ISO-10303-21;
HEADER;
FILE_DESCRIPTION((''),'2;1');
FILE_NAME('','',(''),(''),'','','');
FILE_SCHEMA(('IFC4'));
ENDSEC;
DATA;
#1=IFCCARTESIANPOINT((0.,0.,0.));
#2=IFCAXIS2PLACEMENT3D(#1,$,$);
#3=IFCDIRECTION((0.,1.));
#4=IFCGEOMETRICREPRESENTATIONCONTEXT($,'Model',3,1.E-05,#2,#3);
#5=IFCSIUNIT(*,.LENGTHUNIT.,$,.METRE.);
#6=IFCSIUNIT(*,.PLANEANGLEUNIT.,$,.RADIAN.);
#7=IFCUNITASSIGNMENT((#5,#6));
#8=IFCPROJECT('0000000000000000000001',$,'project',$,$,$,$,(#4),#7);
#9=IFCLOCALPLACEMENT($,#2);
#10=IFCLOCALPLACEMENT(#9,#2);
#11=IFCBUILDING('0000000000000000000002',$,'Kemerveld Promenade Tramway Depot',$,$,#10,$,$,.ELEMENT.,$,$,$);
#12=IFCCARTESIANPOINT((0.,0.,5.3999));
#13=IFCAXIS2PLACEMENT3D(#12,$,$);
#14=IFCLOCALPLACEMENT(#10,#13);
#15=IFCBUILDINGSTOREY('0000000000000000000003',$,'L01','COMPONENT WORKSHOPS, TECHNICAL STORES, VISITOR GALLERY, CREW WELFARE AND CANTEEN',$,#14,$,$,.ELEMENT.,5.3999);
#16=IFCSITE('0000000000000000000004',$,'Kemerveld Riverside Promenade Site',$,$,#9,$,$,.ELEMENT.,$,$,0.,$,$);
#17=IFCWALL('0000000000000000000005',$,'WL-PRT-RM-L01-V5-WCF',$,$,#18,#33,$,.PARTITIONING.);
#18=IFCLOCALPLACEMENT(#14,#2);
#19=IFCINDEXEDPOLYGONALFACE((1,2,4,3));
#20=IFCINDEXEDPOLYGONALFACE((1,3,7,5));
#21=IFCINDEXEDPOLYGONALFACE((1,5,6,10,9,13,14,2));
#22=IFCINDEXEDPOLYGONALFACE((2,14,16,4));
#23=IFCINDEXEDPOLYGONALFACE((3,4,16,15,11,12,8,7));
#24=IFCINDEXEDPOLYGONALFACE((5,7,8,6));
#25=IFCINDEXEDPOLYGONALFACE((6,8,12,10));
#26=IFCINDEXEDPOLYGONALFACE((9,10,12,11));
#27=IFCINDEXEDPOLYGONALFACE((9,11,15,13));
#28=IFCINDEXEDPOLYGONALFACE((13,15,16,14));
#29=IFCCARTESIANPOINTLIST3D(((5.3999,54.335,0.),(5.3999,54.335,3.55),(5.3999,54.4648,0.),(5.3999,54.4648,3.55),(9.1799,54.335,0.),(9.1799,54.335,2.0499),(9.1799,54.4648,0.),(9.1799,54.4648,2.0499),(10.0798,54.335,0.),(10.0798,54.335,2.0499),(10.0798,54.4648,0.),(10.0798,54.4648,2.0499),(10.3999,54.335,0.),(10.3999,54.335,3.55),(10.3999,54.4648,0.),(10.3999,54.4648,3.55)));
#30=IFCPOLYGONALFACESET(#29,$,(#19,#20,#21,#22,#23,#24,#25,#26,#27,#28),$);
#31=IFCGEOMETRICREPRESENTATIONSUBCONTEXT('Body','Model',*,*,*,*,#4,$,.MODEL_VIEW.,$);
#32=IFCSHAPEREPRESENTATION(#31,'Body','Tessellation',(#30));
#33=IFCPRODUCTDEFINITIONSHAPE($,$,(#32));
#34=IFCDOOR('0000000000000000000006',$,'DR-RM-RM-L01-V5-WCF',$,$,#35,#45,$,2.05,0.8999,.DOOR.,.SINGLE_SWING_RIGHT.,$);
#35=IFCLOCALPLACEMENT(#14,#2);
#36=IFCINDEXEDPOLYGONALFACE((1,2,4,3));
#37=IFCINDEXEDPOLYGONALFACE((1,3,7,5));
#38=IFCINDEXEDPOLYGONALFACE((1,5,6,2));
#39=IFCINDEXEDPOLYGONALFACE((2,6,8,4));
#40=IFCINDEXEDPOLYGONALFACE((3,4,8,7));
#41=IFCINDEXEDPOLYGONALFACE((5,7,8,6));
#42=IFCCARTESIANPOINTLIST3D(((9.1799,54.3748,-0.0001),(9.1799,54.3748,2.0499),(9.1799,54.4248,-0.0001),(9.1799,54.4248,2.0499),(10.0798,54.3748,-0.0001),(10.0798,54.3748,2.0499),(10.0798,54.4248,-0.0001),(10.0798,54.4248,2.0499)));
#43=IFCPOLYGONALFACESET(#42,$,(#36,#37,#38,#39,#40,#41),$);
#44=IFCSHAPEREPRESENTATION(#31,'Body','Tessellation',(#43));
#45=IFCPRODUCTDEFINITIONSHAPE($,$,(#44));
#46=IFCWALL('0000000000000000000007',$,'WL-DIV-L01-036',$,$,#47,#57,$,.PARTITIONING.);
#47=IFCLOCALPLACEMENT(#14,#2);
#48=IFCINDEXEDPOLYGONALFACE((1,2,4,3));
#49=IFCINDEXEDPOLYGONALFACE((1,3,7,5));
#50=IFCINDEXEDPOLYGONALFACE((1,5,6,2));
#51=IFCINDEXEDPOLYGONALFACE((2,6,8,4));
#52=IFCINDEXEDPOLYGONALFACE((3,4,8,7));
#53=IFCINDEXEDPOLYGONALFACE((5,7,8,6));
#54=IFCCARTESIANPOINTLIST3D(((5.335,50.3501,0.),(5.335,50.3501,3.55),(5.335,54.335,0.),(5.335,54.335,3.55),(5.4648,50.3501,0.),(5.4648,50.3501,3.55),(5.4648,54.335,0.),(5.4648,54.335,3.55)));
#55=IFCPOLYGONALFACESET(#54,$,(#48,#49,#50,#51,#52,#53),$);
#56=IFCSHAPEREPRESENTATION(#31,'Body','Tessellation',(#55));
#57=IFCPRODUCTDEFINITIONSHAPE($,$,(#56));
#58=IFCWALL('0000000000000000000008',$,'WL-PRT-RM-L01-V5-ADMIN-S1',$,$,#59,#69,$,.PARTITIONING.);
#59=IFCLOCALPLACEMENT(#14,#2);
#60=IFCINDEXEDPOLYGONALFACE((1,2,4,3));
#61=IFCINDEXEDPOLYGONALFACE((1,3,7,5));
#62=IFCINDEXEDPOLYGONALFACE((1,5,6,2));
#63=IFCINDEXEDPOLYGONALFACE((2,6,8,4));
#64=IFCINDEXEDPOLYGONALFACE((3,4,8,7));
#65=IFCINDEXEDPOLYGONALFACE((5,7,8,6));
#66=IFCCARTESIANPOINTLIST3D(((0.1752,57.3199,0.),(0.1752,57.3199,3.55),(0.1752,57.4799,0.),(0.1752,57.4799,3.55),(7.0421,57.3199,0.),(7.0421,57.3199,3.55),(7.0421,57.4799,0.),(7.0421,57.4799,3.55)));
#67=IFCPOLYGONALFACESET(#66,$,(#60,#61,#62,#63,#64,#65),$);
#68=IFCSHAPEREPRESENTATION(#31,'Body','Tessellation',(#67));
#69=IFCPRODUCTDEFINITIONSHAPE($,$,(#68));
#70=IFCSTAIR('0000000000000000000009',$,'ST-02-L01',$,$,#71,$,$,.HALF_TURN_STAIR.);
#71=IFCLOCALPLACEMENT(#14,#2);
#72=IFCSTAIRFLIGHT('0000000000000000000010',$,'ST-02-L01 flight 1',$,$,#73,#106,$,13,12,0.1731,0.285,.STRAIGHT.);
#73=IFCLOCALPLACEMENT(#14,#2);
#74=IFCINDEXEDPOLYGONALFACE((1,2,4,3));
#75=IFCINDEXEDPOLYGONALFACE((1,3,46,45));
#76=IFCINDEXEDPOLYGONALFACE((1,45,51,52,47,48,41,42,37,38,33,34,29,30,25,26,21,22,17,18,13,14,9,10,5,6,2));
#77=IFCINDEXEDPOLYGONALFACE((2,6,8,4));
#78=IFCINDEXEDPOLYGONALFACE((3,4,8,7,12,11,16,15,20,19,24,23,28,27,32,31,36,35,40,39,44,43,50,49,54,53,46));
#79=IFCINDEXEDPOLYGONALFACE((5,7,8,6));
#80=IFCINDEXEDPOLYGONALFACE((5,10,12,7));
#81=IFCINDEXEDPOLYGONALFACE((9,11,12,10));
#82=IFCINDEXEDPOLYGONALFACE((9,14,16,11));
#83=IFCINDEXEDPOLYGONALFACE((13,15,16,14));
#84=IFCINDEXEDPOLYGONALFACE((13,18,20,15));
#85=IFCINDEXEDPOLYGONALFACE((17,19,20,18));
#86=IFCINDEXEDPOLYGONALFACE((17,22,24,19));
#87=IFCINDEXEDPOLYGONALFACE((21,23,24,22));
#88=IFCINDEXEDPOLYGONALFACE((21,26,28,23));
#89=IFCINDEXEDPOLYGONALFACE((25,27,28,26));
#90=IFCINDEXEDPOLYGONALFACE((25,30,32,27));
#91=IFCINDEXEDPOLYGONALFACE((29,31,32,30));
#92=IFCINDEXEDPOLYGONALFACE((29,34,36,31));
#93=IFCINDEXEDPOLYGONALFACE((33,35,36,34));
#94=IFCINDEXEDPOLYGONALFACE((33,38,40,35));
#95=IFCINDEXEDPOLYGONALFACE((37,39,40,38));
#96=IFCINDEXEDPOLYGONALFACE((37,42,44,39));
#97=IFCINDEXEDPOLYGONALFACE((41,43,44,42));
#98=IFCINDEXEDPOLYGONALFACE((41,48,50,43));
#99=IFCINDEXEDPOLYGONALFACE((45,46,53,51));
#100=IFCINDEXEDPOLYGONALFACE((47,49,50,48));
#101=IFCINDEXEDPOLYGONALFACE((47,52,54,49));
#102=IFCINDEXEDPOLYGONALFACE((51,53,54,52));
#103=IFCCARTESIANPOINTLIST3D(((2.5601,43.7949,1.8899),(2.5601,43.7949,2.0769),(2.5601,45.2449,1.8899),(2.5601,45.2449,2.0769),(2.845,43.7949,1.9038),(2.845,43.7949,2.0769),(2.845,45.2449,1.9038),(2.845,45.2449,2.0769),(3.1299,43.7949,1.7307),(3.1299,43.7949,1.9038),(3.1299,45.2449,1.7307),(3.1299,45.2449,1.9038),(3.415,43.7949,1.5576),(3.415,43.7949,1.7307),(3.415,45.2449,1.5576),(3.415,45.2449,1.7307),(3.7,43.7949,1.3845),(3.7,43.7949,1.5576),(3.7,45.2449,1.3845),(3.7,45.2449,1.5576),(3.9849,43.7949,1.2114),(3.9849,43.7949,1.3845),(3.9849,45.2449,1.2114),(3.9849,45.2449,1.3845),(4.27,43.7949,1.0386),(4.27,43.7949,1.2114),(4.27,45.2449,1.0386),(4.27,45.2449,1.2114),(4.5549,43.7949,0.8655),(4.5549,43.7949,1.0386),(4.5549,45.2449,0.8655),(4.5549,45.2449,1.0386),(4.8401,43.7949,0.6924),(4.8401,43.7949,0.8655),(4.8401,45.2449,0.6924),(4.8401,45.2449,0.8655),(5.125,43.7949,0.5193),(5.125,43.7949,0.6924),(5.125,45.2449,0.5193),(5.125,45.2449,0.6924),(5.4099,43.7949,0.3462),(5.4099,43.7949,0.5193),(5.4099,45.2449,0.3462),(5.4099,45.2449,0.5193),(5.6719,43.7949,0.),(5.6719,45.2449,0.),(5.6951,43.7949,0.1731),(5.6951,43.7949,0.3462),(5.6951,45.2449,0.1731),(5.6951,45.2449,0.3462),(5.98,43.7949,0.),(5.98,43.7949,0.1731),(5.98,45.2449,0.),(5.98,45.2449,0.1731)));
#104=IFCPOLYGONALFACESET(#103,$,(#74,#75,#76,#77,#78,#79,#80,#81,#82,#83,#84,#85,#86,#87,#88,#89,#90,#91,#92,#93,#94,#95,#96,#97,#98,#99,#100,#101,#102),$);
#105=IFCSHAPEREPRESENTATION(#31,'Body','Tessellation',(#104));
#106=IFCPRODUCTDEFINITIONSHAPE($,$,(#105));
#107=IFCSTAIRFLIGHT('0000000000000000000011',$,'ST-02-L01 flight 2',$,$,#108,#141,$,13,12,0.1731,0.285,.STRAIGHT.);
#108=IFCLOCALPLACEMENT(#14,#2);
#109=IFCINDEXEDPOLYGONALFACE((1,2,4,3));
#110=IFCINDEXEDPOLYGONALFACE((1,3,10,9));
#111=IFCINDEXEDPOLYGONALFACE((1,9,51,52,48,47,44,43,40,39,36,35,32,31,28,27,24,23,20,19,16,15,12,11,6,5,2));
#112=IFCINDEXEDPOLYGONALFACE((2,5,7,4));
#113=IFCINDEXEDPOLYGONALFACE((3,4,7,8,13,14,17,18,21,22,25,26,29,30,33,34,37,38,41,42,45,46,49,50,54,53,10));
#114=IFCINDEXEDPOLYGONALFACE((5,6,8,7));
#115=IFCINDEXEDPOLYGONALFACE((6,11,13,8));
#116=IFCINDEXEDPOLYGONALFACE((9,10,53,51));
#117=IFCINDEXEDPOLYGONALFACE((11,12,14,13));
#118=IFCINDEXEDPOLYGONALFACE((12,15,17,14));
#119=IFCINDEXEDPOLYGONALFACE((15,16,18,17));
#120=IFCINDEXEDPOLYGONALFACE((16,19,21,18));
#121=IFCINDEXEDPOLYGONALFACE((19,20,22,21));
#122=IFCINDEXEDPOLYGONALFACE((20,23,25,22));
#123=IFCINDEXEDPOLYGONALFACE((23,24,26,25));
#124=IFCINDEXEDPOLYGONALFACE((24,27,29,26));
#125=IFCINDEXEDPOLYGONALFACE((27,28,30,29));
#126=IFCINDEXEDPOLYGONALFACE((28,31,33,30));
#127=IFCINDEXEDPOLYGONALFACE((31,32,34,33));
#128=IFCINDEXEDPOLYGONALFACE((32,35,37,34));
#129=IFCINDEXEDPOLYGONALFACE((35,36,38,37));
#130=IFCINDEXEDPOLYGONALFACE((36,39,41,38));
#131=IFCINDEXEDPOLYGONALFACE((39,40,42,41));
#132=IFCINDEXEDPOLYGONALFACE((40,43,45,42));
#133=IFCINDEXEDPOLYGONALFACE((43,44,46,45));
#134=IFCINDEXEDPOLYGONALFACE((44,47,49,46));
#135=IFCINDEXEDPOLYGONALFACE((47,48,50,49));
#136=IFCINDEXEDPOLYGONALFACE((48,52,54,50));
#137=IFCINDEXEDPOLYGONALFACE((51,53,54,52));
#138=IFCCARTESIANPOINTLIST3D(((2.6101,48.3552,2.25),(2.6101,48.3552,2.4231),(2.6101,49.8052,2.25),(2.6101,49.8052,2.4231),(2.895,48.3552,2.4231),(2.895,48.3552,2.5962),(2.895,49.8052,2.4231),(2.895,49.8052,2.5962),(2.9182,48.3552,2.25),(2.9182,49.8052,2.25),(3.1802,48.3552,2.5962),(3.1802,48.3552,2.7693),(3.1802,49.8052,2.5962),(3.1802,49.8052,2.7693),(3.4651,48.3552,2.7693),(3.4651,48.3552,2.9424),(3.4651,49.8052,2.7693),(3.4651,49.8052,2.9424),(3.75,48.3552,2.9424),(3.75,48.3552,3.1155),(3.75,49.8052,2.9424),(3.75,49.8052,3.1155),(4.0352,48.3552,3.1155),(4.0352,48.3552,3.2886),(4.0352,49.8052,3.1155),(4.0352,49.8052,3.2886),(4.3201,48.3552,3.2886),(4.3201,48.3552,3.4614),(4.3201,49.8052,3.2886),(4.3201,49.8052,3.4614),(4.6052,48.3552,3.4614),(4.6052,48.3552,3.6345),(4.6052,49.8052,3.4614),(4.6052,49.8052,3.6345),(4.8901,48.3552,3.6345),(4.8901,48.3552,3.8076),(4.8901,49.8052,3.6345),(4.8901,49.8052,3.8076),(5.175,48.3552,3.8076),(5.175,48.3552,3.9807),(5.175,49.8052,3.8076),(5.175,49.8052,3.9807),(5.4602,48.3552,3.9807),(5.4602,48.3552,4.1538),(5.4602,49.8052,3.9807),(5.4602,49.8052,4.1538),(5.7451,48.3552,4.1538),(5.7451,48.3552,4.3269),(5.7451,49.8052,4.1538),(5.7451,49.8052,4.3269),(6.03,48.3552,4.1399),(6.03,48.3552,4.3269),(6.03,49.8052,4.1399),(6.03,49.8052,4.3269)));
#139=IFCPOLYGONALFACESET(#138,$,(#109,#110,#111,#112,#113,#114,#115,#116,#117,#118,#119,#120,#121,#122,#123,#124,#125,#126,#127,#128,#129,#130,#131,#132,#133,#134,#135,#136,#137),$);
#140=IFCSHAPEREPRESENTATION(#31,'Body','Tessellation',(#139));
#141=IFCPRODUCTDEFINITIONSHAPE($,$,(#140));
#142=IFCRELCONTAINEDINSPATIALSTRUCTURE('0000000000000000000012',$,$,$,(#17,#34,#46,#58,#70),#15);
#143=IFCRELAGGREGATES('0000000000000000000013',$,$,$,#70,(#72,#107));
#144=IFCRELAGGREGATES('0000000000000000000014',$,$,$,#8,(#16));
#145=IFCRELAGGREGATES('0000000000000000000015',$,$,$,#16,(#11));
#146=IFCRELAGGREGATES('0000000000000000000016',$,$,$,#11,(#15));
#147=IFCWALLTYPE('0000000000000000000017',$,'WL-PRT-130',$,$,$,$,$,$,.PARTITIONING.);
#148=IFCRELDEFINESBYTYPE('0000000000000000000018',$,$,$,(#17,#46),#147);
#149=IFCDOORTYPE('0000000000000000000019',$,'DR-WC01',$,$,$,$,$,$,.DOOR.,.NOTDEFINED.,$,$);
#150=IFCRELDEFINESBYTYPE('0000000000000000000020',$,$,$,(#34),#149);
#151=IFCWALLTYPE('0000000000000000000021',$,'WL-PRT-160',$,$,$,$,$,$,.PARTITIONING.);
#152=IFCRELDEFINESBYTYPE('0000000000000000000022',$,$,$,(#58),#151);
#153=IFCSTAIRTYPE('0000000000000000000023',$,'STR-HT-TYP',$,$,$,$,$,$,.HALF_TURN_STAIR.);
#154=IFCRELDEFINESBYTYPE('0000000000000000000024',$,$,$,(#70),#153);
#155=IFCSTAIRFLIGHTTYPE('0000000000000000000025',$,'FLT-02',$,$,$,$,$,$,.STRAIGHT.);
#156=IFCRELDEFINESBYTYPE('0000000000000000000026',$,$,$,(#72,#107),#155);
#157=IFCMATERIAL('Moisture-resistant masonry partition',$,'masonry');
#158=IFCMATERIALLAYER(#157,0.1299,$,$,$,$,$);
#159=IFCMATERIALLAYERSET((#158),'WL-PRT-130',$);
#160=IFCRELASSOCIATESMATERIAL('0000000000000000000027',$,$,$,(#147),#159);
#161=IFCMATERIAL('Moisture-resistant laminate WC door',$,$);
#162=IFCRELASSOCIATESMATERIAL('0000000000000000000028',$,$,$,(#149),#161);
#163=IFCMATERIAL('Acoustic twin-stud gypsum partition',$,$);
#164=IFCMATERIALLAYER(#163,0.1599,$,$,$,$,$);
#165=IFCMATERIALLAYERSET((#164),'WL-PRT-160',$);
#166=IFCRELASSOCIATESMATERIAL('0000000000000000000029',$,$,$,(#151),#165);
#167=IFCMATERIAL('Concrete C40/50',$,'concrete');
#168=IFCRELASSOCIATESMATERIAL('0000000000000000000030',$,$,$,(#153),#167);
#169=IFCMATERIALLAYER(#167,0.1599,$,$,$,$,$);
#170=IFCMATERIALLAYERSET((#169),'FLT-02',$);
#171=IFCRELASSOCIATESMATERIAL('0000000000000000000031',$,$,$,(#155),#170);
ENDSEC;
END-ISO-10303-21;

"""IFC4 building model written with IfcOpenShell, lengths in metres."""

from ifc_helpers import new_model, si_unit, direction, frame, frame_2d, origin, place, context, subcontext, project, spatial, polyline, rectangle, outline, extrude, material, layer, layer_set, type_object, element, fill, aggregate, save


model = new_model("IFC4")

# Units and contexts
model_context = context("Model", 3, precision=1e-05, world=origin(), true_north=direction((0.0, 1.0)))
body_context = subcontext(model_context, "Body", "Model", "MODEL_VIEW")
ifc_project = project(units=[si_unit("LENGTHUNIT", "METRE"), si_unit("PLANEANGLEUNIT", "RADIAN")], contexts=[model_context])

# Site, building, storey
site_placement = place(None, origin())
site = spatial("IfcSite", under=ifc_project, at=site_placement, Name="Kemerveld Riverside Promenade Site", CompositionType="ELEMENT", RefElevation=0.0)
building_placement = place(site_placement, origin())
building = spatial("IfcBuilding", under=site, at=building_placement, Name="Kemerveld Promenade Tramway Depot", CompositionType="ELEMENT")
storey_placement = place(building_placement, frame((0.0, 0.0, 5.3999)))
storey = spatial("IfcBuildingStorey", under=building, at=storey_placement, Name="L01", Description="COMPONENT WORKSHOPS, TECHNICAL STORES, VISITOR GALLERY, CREW WELFARE AND CANTEEN", CompositionType="ELEMENT", Elevation=5.3999)

# Shared definitions
ifc_material_1 = material(Name="Concrete C40/50", Category="concrete")

# Wall, opening, door
ifc_material_2 = material(Name="Moisture-resistant masonry partition", Category="masonry")
ifc_layer_1 = layer(ifc_material_2, 0.1299)
ifc_layer_set_1 = layer_set([ifc_layer_1], Name="WL-PRT-130")
wall_type_1 = type_object("IfcWallType", Name="WL-PRT-130", PredefinedType="PARTITIONING", material=ifc_layer_set_1)
ifc_material_3 = material(Name="Moisture-resistant laminate WC door")
door_type_1 = type_object("IfcDoorType", Name="DR-WC01", OperationType="NOTDEFINED", PredefinedType="DOOR", material=ifc_material_3)
wall_1_placement = place(storey_placement, frame((5.3999, 54.3999, 0.0), z_axis=(0.0, 0.0, 1.0), x_axis=(1.0, 0.0, 0.0)))
wall_1 = element("IfcWall", 1, at=wall_1_placement, inside=storey, type_object=wall_type_1, Name="WL-PRT-RM-L01-V5-WCF", PredefinedType="PARTITIONING", context=body_context, shape_type="SweptSolid", body=[
    extrude(rectangle(XDim=5.0, YDim=0.1299, at=frame_2d((2.5, 0.0))), origin(), (0.0, 0.0, 1.0), 3.55),
])
opening_1_placement = place(wall_1_placement, frame((3.78, 0.0, 0.0)))
opening_1 = element("IfcOpeningElement", 2, at=opening_1_placement, cuts=wall_1, PredefinedType="OPENING", context=body_context, shape_type="SweptSolid", body=[
    extrude(rectangle(XDim=0.8999, YDim=2.05, at=frame_2d((0.45, 1.0249))), frame((0.0, 0.075, 0.0), z_axis=(0.0, -1.0, 0.0), x_axis=(1.0, 0.0, 0.0)), (0.0, 0.0, 1.0), 0.1499),
])
door_1_placement = place(opening_1_placement, origin())
door_1 = element("IfcDoor", 3, at=door_1_placement, inside=storey, type_object=door_type_1, Name="DR-RM-RM-L01-V5-WCF", OperationType="SINGLE_SWING_RIGHT", OverallHeight=2.05, OverallWidth=0.8999, PredefinedType="DOOR", context=body_context, shape_type="SweptSolid", body=[
    extrude(rectangle(XDim=0.8999, YDim=2.05, at=frame_2d((0.45, 1.0249))), frame((0.0, 0.0249, 0.0), z_axis=(0.0, -1.0, 0.0), x_axis=(1.0, 0.0, 0.0)), (0.0, 0.0, 1.0), 0.05),
])
fill(opening_1, door_1)

# Walls
wall_2_placement = place(storey_placement, frame((5.3999, 50.3501, 0.0), z_axis=(0.0, 0.0, 1.0), x_axis=(0.0, 1.0, 0.0)))
element("IfcWall", 4, at=wall_2_placement, inside=storey, type_object=wall_type_1, Name="WL-DIV-L01-036", PredefinedType="PARTITIONING", context=body_context, shape_type="SweptSolid", body=[
    extrude(rectangle(XDim=3.9849, YDim=0.1299, at=frame_2d((1.9924, 0.0))), origin(), (0.0, 0.0, 1.0), 3.55),
])
ifc_material_4 = material(Name="Acoustic twin-stud gypsum partition")
ifc_layer_2 = layer(ifc_material_4, 0.1599)
ifc_layer_set_2 = layer_set([ifc_layer_2], Name="WL-PRT-160")
wall_type_2 = type_object("IfcWallType", Name="WL-PRT-160", PredefinedType="PARTITIONING", material=ifc_layer_set_2)
wall_3_placement = place(storey_placement, frame((0.175, 57.3999, 0.0), z_axis=(0.0, 0.0, 1.0), x_axis=(1.0, 0.0, 0.0)))
element("IfcWall", 5, at=wall_3_placement, inside=storey, type_object=wall_type_2, Name="WL-PRT-RM-L01-V5-ADMIN-S1", PredefinedType="PARTITIONING", context=body_context, shape_type="SweptSolid", body=[
    extrude(rectangle(XDim=6.8669, YDim=0.1599, at=frame_2d((3.4336, 0.0))), origin(), (0.0, 0.0, 1.0), 3.55),
])

# Stair, stair flights
stair_type = type_object("IfcStairType", Name="STR-HT-TYP", PredefinedType="HALF_TURN_STAIR", material=ifc_material_1)
stair_placement = place(storey_placement, origin())
stair = element("IfcStair", 6, at=stair_placement, inside=storey, type_object=stair_type, Name="ST-02-L01", PredefinedType="HALF_TURN_STAIR")
ifc_layer_3 = layer(ifc_material_1, 0.1599)
ifc_layer_set_3 = layer_set([ifc_layer_3], Name="FLT-02")
stair_flight_type = type_object("IfcStairFlightType", Name="FLT-02", PredefinedType="STRAIGHT", material=ifc_layer_set_3)
stair_flight_1_placement = place(storey_placement, frame((5.98, 44.52, 0.0), z_axis=(0.0, 0.0, 1.0), x_axis=(-1.0, 0.0, 0.0)))
stair_flight_1 = element("IfcStairFlight", 7, at=stair_flight_1_placement, type_object=stair_flight_type, Name="ST-02-L01 flight 1", NumberOfRisers=13, NumberOfTreads=12, PredefinedType="STRAIGHT", RiserHeight=0.1731, TreadLength=0.285, context=body_context, shape_type="SweptSolid", body=[
    extrude(outline(polyline([(0.0, 0.0), (0.0, 0.1731), (0.2849, 0.1731), (0.2849, 0.3462), (0.5701, 0.3462), (0.5701, 0.5193), (0.855, 0.5193), (0.855, 0.6924), (1.1399, 0.6924), (1.1399, 0.8655), (1.425, 0.8655), (1.425, 1.0386), (1.71, 1.0386), (1.71, 1.2114), (1.9951, 1.2114), (1.9951, 1.3845), (2.28, 1.3845), (2.28, 1.5576), (2.5649, 1.5576), (2.5649, 1.7307), (2.8501, 1.7307), (2.8501, 1.9038), (3.135, 1.9038), (3.135, 2.0769), (3.4199, 2.0769), (3.4199, 2.25), (3.4199, 1.8899), (0.3081, 0.0), (0.0, 0.0)])), frame((0.0, 0.7251, 0.0), z_axis=(0.0, -1.0, 0.0), x_axis=(1.0, 0.0, 0.0)), (0.0, 0.0, 1.0), 1.45),
])
stair_flight_2_placement = place(storey_placement, frame((2.6101, 49.0801, 2.25), z_axis=(0.0, 0.0, 1.0), x_axis=(1.0, 0.0, 0.0)))
stair_flight_2 = element("IfcStairFlight", 8, at=stair_flight_2_placement, type_object=stair_flight_type, Name="ST-02-L01 flight 2", NumberOfRisers=13, NumberOfTreads=12, PredefinedType="STRAIGHT", RiserHeight=0.1731, TreadLength=0.285, context=body_context, shape_type="SweptSolid", body=[
    extrude(outline(polyline([(0.0, 0.0), (0.0, 0.1731), (0.2849, 0.1731), (0.2849, 0.3462), (0.5701, 0.3462), (0.5701, 0.5193), (0.855, 0.5193), (0.855, 0.6924), (1.1399, 0.6924), (1.1399, 0.8655), (1.425, 0.8655), (1.425, 1.0386), (1.71, 1.0386), (1.71, 1.2114), (1.9951, 1.2114), (1.9951, 1.3845), (2.28, 1.3845), (2.28, 1.5576), (2.5649, 1.5576), (2.5649, 1.7307), (2.8501, 1.7307), (2.8501, 1.9038), (3.135, 1.9038), (3.135, 2.0769), (3.4199, 2.0769), (3.4199, 2.25), (3.4199, 1.8899), (0.3081, 0.0), (0.0, 0.0)])), frame((0.0, 0.7251, 0.0), z_axis=(0.0, -1.0, 0.0), x_axis=(1.0, 0.0, 0.0)), (0.0, 0.0, 1.0), 1.45),
])
aggregate(stair, [stair_flight_1, stair_flight_2])

save(model, "model.ifc")
